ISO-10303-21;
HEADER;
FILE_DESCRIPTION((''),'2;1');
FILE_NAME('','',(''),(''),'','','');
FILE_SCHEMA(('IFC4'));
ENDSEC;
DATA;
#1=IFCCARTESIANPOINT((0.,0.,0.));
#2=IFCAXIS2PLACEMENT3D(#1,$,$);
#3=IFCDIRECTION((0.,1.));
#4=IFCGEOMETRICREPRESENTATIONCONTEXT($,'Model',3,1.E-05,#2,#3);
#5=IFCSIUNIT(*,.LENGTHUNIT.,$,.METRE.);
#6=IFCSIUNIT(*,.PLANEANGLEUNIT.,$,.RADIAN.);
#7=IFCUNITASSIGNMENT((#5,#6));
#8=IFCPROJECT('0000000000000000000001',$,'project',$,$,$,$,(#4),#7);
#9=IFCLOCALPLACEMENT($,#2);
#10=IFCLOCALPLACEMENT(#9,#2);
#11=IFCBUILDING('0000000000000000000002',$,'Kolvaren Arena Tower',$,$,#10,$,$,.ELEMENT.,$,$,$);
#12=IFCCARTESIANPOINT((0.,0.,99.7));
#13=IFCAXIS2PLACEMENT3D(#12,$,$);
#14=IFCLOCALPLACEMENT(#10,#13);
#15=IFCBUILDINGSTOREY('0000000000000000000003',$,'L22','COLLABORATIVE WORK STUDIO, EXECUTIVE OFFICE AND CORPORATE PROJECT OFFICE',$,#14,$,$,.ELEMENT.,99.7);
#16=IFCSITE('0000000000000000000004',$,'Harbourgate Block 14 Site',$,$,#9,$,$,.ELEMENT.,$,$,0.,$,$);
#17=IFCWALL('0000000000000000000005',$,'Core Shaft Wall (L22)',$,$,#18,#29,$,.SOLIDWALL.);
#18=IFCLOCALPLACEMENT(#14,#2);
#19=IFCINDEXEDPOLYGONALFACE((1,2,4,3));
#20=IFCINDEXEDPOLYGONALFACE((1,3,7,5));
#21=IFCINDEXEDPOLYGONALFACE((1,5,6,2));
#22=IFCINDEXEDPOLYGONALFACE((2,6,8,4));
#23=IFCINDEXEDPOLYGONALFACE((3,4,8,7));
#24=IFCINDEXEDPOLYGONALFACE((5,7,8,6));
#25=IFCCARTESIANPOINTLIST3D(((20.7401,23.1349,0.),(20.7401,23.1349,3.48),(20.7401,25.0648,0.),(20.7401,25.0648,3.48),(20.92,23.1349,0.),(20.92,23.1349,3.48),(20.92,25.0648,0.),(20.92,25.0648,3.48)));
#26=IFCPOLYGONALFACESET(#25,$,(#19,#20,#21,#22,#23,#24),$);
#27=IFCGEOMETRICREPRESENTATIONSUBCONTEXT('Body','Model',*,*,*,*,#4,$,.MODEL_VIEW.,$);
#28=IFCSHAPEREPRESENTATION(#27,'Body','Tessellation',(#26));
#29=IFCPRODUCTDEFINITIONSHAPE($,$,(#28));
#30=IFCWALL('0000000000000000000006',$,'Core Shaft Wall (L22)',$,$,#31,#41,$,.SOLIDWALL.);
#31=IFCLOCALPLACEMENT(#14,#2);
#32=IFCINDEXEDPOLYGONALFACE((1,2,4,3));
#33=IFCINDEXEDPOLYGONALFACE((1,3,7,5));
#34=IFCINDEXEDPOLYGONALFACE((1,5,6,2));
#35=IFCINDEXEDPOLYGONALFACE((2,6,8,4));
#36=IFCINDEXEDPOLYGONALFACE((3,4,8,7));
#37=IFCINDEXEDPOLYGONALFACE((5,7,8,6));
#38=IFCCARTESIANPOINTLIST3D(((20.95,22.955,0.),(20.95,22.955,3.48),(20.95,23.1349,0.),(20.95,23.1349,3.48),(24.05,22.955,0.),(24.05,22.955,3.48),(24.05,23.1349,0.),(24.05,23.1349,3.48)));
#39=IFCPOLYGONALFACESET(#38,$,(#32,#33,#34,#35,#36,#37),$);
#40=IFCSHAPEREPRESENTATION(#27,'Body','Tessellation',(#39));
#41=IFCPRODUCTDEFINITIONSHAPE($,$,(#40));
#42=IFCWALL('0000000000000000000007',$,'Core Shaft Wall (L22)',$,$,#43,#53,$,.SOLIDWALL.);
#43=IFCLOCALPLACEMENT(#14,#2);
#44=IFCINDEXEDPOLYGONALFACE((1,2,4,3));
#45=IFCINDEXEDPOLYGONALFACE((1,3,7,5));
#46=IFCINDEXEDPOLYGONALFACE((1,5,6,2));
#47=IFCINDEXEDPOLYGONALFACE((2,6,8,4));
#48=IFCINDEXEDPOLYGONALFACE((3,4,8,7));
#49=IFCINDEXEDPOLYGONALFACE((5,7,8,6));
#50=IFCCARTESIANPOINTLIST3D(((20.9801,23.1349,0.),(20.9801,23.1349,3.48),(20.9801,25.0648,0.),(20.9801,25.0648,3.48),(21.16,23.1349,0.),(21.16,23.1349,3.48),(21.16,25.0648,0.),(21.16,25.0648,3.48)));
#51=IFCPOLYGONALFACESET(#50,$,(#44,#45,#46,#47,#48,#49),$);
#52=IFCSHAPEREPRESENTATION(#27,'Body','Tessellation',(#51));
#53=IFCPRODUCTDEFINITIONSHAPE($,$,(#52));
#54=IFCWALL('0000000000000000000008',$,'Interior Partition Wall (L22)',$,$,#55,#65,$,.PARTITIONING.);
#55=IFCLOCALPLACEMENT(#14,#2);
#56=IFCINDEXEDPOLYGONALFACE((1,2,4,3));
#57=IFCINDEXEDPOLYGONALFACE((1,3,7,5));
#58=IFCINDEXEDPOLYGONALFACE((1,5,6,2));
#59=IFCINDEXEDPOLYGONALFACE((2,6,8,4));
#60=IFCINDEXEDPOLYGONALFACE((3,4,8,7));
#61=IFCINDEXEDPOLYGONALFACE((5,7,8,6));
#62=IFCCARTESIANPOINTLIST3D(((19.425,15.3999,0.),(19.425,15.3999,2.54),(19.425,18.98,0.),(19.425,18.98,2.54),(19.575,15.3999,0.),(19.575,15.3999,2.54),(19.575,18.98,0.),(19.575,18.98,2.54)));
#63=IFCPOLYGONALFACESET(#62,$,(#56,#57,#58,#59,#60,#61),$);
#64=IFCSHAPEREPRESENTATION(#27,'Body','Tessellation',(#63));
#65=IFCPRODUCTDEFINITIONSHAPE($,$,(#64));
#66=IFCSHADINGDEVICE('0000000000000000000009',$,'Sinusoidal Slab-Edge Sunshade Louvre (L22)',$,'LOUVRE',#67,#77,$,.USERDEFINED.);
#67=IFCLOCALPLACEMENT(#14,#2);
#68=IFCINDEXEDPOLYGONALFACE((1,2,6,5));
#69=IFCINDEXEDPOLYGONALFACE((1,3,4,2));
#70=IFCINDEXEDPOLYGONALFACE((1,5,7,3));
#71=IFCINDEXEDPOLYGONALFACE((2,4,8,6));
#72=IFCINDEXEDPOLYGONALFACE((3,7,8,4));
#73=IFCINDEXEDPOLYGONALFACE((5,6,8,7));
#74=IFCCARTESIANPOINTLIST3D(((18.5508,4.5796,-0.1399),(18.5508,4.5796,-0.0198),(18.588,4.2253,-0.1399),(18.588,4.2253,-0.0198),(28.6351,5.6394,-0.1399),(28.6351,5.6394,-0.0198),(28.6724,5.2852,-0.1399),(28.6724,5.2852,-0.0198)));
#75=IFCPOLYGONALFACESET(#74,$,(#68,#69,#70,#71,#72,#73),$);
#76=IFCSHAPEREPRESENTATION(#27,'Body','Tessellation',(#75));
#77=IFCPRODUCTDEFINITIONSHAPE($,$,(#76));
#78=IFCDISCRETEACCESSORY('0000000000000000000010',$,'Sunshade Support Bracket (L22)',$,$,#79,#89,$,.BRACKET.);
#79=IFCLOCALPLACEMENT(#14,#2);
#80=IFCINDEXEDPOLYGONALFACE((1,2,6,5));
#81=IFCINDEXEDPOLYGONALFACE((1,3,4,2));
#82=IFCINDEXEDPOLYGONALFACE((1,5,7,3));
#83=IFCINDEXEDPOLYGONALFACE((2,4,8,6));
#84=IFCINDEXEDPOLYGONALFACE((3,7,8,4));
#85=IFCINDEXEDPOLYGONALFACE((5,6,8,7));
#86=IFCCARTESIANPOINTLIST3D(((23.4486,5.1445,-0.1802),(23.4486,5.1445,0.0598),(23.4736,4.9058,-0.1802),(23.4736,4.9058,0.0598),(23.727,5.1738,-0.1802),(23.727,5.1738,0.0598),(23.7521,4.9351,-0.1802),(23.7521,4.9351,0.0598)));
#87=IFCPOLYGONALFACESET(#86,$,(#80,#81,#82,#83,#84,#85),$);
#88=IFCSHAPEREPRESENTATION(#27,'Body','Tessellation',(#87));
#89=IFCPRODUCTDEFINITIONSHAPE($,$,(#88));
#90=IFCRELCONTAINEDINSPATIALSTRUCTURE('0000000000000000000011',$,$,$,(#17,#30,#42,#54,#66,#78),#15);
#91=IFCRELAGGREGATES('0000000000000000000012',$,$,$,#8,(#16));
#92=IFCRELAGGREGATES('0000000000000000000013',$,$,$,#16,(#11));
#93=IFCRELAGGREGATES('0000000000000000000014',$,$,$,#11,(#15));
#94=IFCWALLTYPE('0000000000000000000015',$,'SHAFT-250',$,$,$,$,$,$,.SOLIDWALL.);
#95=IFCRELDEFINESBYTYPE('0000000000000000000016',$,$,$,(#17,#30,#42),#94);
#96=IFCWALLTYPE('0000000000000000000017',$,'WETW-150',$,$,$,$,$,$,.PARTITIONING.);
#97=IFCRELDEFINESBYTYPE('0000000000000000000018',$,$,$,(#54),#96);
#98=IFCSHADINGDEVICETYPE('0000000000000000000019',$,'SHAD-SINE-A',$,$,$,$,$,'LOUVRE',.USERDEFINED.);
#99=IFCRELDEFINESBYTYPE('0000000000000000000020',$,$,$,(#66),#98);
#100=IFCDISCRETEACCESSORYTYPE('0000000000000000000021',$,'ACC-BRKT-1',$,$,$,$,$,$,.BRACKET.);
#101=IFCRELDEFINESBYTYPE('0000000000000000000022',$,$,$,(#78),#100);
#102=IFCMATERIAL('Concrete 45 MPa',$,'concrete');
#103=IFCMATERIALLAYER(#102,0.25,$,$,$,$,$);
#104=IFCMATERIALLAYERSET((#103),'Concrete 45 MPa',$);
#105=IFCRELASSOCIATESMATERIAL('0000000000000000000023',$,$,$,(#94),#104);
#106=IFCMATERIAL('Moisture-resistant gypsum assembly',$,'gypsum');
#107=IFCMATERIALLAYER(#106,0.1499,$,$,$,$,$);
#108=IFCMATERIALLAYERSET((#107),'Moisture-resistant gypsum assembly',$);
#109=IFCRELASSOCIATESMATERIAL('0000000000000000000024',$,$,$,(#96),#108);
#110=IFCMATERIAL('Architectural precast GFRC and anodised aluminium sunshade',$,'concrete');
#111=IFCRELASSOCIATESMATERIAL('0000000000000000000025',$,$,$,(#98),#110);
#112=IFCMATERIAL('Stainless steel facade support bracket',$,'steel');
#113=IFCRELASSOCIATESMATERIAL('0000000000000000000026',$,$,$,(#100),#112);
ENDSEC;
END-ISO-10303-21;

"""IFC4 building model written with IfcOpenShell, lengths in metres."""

from ifc_helpers import new_model, si_unit, direction, frame, frame_2d, origin, origin_2d, place, context, subcontext, project, spatial, rectangle, extrude, material, layer, layer_set, type_object, element, save


model = new_model("IFC4")

# Units and contexts
model_context = context("Model", 3, precision=1e-05, world=origin(), true_north=direction((0.0, 1.0)))
body_context = subcontext(model_context, "Body", "Model", "MODEL_VIEW")
ifc_project = project(units=[si_unit("LENGTHUNIT", "METRE"), si_unit("PLANEANGLEUNIT", "RADIAN")], contexts=[model_context])

# Site, building, storey
site_placement = place(None, origin())
site = spatial("IfcSite", under=ifc_project, at=site_placement, Name="Harbourgate Block 14 Site", CompositionType="ELEMENT", RefElevation=0.0)
building_placement = place(site_placement, origin())
building = spatial("IfcBuilding", under=site, at=building_placement, Name="Kolvaren Arena Tower", CompositionType="ELEMENT")
storey_placement = place(building_placement, frame((0.0, 0.0, 99.7)))
storey = spatial("IfcBuildingStorey", under=building, at=storey_placement, Name="L22", Description="COLLABORATIVE WORK STUDIO, EXECUTIVE OFFICE AND CORPORATE PROJECT OFFICE", CompositionType="ELEMENT", Elevation=99.7)

# Walls
ifc_material_1 = material(Name="Concrete 45 MPa", Category="concrete")
ifc_layer_1 = layer(ifc_material_1, 0.25)
ifc_layer_set_1 = layer_set([ifc_layer_1], Name="Concrete 45 MPa")
wall_type_1 = type_object("IfcWallType", Name="SHAFT-250", PredefinedType="SOLIDWALL", material=ifc_layer_set_1)
for number, where, z_axis, x_axis, name in (
    (1, (20.8301, 23.135, 0.0), (0.0, 0.0, 1.0), (0.0, 1.0, 0.0), "Core Shaft Wall (L22)"),
):
    element("IfcWall", number, at=place(storey_placement, frame(where, z_axis=z_axis, x_axis=x_axis)), inside=storey, type_object=wall_type_1, Name=name, PredefinedType="SOLIDWALL", context=body_context, shape_type="SweptSolid", body=[
        extrude(rectangle(XDim=1.9299, YDim=0.1799, at=frame_2d((0.9648, 0.0))), origin(), (0.0, 0.0, 1.0), 3.48),
    ])
wall_1_placement = place(storey_placement, frame((20.95, 23.0449, 0.0), z_axis=(0.0, 0.0, 1.0), x_axis=(1.0, 0.0, 0.0)))
element("IfcWall", 2, at=wall_1_placement, inside=storey, type_object=wall_type_1, Name="Core Shaft Wall (L22)", PredefinedType="SOLIDWALL", context=body_context, shape_type="SweptSolid", body=[
    extrude(rectangle(XDim=3.1001, YDim=0.1799, at=frame_2d((1.55, 0.0))), origin(), (0.0, 0.0, 1.0), 3.48),
])
wall_2_placement = place(storey_placement, frame((21.0701, 23.135, 0.0), z_axis=(0.0, 0.0, 1.0), x_axis=(0.0, 1.0, 0.0)))
element("IfcWall", 3, at=wall_2_placement, inside=storey, type_object=wall_type_1, Name="Core Shaft Wall (L22)", PredefinedType="SOLIDWALL", context=body_context, shape_type="SweptSolid", body=[
    extrude(rectangle(XDim=1.9299, YDim=0.1799, at=frame_2d((0.9648, 0.0))), origin(), (0.0, 0.0, 1.0), 3.48),
])
ifc_material_2 = material(Name="Moisture-resistant gypsum assembly", Category="gypsum")
ifc_layer_2 = layer(ifc_material_2, 0.1499)
ifc_layer_set_2 = layer_set([ifc_layer_2], Name="Moisture-resistant gypsum assembly")
wall_type_2 = type_object("IfcWallType", Name="WETW-150", PredefinedType="PARTITIONING", material=ifc_layer_set_2)
wall_3_placement = place(storey_placement, frame((19.5, 15.3999, 0.0), z_axis=(0.0, 0.0, 1.0), x_axis=(0.0, 1.0, 0.0)))
element("IfcWall", 4, at=wall_3_placement, inside=storey, type_object=wall_type_2, Name="Interior Partition Wall (L22)", PredefinedType="PARTITIONING", context=body_context, shape_type="SweptSolid", body=[
    extrude(rectangle(XDim=3.5801, YDim=0.1499, at=frame_2d((1.79, 0.0))), origin(), (0.0, 0.0, 1.0), 2.54),
])

# Shading device
ifc_material_3 = material(Name="Architectural precast GFRC and anodised aluminium sunshade", Category="concrete")
shading_device_type = type_object("IfcShadingDeviceType", Name="SHAD-SINE-A", ElementType="LOUVRE", PredefinedType="USERDEFINED", material=ifc_material_3)
shading_device_placement = place(storey_placement, frame((23.6116, 4.9324, -0.1399), z_axis=(0.0, 0.0, 1.0), x_axis=(-0.994522, -0.104527, 0.0)))
element("IfcShadingDevice", 5, at=shading_device_placement, inside=storey, type_object=shading_device_type, Name="Sinusoidal Slab-Edge Sunshade Louvre (L22)", ObjectType="LOUVRE", PredefinedType="USERDEFINED", context=body_context, shape_type="SweptSolid", body=[
    extrude(rectangle(XDim=10.1399, YDim=0.3562, at=origin_2d()), origin(), (0.0, 0.0, 1.0), 0.1201),
])

# Discrete accessory
ifc_material_4 = material(Name="Stainless steel facade support bracket", Category="steel")
discrete_accessory_type = type_object("IfcDiscreteAccessoryType", Name="ACC-BRKT-1", PredefinedType="BRACKET", material=ifc_material_4)
discrete_accessory_placement = place(storey_placement, frame((23.6003, 5.0398, -0.1802), z_axis=(0.0, 0.0, 1.0), x_axis=(-0.994522, -0.104527, 0.0)))
element("IfcDiscreteAccessory", 6, at=discrete_accessory_placement, inside=storey, type_object=discrete_accessory_type, Name="Sunshade Support Bracket (L22)", PredefinedType="BRACKET", context=body_context, shape_type="SweptSolid", body=[
    extrude(rectangle(XDim=0.28, YDim=0.24, at=origin_2d()), origin(), (0.0, 0.0, 1.0), 0.24),
])

save(model, "model.ifc")
